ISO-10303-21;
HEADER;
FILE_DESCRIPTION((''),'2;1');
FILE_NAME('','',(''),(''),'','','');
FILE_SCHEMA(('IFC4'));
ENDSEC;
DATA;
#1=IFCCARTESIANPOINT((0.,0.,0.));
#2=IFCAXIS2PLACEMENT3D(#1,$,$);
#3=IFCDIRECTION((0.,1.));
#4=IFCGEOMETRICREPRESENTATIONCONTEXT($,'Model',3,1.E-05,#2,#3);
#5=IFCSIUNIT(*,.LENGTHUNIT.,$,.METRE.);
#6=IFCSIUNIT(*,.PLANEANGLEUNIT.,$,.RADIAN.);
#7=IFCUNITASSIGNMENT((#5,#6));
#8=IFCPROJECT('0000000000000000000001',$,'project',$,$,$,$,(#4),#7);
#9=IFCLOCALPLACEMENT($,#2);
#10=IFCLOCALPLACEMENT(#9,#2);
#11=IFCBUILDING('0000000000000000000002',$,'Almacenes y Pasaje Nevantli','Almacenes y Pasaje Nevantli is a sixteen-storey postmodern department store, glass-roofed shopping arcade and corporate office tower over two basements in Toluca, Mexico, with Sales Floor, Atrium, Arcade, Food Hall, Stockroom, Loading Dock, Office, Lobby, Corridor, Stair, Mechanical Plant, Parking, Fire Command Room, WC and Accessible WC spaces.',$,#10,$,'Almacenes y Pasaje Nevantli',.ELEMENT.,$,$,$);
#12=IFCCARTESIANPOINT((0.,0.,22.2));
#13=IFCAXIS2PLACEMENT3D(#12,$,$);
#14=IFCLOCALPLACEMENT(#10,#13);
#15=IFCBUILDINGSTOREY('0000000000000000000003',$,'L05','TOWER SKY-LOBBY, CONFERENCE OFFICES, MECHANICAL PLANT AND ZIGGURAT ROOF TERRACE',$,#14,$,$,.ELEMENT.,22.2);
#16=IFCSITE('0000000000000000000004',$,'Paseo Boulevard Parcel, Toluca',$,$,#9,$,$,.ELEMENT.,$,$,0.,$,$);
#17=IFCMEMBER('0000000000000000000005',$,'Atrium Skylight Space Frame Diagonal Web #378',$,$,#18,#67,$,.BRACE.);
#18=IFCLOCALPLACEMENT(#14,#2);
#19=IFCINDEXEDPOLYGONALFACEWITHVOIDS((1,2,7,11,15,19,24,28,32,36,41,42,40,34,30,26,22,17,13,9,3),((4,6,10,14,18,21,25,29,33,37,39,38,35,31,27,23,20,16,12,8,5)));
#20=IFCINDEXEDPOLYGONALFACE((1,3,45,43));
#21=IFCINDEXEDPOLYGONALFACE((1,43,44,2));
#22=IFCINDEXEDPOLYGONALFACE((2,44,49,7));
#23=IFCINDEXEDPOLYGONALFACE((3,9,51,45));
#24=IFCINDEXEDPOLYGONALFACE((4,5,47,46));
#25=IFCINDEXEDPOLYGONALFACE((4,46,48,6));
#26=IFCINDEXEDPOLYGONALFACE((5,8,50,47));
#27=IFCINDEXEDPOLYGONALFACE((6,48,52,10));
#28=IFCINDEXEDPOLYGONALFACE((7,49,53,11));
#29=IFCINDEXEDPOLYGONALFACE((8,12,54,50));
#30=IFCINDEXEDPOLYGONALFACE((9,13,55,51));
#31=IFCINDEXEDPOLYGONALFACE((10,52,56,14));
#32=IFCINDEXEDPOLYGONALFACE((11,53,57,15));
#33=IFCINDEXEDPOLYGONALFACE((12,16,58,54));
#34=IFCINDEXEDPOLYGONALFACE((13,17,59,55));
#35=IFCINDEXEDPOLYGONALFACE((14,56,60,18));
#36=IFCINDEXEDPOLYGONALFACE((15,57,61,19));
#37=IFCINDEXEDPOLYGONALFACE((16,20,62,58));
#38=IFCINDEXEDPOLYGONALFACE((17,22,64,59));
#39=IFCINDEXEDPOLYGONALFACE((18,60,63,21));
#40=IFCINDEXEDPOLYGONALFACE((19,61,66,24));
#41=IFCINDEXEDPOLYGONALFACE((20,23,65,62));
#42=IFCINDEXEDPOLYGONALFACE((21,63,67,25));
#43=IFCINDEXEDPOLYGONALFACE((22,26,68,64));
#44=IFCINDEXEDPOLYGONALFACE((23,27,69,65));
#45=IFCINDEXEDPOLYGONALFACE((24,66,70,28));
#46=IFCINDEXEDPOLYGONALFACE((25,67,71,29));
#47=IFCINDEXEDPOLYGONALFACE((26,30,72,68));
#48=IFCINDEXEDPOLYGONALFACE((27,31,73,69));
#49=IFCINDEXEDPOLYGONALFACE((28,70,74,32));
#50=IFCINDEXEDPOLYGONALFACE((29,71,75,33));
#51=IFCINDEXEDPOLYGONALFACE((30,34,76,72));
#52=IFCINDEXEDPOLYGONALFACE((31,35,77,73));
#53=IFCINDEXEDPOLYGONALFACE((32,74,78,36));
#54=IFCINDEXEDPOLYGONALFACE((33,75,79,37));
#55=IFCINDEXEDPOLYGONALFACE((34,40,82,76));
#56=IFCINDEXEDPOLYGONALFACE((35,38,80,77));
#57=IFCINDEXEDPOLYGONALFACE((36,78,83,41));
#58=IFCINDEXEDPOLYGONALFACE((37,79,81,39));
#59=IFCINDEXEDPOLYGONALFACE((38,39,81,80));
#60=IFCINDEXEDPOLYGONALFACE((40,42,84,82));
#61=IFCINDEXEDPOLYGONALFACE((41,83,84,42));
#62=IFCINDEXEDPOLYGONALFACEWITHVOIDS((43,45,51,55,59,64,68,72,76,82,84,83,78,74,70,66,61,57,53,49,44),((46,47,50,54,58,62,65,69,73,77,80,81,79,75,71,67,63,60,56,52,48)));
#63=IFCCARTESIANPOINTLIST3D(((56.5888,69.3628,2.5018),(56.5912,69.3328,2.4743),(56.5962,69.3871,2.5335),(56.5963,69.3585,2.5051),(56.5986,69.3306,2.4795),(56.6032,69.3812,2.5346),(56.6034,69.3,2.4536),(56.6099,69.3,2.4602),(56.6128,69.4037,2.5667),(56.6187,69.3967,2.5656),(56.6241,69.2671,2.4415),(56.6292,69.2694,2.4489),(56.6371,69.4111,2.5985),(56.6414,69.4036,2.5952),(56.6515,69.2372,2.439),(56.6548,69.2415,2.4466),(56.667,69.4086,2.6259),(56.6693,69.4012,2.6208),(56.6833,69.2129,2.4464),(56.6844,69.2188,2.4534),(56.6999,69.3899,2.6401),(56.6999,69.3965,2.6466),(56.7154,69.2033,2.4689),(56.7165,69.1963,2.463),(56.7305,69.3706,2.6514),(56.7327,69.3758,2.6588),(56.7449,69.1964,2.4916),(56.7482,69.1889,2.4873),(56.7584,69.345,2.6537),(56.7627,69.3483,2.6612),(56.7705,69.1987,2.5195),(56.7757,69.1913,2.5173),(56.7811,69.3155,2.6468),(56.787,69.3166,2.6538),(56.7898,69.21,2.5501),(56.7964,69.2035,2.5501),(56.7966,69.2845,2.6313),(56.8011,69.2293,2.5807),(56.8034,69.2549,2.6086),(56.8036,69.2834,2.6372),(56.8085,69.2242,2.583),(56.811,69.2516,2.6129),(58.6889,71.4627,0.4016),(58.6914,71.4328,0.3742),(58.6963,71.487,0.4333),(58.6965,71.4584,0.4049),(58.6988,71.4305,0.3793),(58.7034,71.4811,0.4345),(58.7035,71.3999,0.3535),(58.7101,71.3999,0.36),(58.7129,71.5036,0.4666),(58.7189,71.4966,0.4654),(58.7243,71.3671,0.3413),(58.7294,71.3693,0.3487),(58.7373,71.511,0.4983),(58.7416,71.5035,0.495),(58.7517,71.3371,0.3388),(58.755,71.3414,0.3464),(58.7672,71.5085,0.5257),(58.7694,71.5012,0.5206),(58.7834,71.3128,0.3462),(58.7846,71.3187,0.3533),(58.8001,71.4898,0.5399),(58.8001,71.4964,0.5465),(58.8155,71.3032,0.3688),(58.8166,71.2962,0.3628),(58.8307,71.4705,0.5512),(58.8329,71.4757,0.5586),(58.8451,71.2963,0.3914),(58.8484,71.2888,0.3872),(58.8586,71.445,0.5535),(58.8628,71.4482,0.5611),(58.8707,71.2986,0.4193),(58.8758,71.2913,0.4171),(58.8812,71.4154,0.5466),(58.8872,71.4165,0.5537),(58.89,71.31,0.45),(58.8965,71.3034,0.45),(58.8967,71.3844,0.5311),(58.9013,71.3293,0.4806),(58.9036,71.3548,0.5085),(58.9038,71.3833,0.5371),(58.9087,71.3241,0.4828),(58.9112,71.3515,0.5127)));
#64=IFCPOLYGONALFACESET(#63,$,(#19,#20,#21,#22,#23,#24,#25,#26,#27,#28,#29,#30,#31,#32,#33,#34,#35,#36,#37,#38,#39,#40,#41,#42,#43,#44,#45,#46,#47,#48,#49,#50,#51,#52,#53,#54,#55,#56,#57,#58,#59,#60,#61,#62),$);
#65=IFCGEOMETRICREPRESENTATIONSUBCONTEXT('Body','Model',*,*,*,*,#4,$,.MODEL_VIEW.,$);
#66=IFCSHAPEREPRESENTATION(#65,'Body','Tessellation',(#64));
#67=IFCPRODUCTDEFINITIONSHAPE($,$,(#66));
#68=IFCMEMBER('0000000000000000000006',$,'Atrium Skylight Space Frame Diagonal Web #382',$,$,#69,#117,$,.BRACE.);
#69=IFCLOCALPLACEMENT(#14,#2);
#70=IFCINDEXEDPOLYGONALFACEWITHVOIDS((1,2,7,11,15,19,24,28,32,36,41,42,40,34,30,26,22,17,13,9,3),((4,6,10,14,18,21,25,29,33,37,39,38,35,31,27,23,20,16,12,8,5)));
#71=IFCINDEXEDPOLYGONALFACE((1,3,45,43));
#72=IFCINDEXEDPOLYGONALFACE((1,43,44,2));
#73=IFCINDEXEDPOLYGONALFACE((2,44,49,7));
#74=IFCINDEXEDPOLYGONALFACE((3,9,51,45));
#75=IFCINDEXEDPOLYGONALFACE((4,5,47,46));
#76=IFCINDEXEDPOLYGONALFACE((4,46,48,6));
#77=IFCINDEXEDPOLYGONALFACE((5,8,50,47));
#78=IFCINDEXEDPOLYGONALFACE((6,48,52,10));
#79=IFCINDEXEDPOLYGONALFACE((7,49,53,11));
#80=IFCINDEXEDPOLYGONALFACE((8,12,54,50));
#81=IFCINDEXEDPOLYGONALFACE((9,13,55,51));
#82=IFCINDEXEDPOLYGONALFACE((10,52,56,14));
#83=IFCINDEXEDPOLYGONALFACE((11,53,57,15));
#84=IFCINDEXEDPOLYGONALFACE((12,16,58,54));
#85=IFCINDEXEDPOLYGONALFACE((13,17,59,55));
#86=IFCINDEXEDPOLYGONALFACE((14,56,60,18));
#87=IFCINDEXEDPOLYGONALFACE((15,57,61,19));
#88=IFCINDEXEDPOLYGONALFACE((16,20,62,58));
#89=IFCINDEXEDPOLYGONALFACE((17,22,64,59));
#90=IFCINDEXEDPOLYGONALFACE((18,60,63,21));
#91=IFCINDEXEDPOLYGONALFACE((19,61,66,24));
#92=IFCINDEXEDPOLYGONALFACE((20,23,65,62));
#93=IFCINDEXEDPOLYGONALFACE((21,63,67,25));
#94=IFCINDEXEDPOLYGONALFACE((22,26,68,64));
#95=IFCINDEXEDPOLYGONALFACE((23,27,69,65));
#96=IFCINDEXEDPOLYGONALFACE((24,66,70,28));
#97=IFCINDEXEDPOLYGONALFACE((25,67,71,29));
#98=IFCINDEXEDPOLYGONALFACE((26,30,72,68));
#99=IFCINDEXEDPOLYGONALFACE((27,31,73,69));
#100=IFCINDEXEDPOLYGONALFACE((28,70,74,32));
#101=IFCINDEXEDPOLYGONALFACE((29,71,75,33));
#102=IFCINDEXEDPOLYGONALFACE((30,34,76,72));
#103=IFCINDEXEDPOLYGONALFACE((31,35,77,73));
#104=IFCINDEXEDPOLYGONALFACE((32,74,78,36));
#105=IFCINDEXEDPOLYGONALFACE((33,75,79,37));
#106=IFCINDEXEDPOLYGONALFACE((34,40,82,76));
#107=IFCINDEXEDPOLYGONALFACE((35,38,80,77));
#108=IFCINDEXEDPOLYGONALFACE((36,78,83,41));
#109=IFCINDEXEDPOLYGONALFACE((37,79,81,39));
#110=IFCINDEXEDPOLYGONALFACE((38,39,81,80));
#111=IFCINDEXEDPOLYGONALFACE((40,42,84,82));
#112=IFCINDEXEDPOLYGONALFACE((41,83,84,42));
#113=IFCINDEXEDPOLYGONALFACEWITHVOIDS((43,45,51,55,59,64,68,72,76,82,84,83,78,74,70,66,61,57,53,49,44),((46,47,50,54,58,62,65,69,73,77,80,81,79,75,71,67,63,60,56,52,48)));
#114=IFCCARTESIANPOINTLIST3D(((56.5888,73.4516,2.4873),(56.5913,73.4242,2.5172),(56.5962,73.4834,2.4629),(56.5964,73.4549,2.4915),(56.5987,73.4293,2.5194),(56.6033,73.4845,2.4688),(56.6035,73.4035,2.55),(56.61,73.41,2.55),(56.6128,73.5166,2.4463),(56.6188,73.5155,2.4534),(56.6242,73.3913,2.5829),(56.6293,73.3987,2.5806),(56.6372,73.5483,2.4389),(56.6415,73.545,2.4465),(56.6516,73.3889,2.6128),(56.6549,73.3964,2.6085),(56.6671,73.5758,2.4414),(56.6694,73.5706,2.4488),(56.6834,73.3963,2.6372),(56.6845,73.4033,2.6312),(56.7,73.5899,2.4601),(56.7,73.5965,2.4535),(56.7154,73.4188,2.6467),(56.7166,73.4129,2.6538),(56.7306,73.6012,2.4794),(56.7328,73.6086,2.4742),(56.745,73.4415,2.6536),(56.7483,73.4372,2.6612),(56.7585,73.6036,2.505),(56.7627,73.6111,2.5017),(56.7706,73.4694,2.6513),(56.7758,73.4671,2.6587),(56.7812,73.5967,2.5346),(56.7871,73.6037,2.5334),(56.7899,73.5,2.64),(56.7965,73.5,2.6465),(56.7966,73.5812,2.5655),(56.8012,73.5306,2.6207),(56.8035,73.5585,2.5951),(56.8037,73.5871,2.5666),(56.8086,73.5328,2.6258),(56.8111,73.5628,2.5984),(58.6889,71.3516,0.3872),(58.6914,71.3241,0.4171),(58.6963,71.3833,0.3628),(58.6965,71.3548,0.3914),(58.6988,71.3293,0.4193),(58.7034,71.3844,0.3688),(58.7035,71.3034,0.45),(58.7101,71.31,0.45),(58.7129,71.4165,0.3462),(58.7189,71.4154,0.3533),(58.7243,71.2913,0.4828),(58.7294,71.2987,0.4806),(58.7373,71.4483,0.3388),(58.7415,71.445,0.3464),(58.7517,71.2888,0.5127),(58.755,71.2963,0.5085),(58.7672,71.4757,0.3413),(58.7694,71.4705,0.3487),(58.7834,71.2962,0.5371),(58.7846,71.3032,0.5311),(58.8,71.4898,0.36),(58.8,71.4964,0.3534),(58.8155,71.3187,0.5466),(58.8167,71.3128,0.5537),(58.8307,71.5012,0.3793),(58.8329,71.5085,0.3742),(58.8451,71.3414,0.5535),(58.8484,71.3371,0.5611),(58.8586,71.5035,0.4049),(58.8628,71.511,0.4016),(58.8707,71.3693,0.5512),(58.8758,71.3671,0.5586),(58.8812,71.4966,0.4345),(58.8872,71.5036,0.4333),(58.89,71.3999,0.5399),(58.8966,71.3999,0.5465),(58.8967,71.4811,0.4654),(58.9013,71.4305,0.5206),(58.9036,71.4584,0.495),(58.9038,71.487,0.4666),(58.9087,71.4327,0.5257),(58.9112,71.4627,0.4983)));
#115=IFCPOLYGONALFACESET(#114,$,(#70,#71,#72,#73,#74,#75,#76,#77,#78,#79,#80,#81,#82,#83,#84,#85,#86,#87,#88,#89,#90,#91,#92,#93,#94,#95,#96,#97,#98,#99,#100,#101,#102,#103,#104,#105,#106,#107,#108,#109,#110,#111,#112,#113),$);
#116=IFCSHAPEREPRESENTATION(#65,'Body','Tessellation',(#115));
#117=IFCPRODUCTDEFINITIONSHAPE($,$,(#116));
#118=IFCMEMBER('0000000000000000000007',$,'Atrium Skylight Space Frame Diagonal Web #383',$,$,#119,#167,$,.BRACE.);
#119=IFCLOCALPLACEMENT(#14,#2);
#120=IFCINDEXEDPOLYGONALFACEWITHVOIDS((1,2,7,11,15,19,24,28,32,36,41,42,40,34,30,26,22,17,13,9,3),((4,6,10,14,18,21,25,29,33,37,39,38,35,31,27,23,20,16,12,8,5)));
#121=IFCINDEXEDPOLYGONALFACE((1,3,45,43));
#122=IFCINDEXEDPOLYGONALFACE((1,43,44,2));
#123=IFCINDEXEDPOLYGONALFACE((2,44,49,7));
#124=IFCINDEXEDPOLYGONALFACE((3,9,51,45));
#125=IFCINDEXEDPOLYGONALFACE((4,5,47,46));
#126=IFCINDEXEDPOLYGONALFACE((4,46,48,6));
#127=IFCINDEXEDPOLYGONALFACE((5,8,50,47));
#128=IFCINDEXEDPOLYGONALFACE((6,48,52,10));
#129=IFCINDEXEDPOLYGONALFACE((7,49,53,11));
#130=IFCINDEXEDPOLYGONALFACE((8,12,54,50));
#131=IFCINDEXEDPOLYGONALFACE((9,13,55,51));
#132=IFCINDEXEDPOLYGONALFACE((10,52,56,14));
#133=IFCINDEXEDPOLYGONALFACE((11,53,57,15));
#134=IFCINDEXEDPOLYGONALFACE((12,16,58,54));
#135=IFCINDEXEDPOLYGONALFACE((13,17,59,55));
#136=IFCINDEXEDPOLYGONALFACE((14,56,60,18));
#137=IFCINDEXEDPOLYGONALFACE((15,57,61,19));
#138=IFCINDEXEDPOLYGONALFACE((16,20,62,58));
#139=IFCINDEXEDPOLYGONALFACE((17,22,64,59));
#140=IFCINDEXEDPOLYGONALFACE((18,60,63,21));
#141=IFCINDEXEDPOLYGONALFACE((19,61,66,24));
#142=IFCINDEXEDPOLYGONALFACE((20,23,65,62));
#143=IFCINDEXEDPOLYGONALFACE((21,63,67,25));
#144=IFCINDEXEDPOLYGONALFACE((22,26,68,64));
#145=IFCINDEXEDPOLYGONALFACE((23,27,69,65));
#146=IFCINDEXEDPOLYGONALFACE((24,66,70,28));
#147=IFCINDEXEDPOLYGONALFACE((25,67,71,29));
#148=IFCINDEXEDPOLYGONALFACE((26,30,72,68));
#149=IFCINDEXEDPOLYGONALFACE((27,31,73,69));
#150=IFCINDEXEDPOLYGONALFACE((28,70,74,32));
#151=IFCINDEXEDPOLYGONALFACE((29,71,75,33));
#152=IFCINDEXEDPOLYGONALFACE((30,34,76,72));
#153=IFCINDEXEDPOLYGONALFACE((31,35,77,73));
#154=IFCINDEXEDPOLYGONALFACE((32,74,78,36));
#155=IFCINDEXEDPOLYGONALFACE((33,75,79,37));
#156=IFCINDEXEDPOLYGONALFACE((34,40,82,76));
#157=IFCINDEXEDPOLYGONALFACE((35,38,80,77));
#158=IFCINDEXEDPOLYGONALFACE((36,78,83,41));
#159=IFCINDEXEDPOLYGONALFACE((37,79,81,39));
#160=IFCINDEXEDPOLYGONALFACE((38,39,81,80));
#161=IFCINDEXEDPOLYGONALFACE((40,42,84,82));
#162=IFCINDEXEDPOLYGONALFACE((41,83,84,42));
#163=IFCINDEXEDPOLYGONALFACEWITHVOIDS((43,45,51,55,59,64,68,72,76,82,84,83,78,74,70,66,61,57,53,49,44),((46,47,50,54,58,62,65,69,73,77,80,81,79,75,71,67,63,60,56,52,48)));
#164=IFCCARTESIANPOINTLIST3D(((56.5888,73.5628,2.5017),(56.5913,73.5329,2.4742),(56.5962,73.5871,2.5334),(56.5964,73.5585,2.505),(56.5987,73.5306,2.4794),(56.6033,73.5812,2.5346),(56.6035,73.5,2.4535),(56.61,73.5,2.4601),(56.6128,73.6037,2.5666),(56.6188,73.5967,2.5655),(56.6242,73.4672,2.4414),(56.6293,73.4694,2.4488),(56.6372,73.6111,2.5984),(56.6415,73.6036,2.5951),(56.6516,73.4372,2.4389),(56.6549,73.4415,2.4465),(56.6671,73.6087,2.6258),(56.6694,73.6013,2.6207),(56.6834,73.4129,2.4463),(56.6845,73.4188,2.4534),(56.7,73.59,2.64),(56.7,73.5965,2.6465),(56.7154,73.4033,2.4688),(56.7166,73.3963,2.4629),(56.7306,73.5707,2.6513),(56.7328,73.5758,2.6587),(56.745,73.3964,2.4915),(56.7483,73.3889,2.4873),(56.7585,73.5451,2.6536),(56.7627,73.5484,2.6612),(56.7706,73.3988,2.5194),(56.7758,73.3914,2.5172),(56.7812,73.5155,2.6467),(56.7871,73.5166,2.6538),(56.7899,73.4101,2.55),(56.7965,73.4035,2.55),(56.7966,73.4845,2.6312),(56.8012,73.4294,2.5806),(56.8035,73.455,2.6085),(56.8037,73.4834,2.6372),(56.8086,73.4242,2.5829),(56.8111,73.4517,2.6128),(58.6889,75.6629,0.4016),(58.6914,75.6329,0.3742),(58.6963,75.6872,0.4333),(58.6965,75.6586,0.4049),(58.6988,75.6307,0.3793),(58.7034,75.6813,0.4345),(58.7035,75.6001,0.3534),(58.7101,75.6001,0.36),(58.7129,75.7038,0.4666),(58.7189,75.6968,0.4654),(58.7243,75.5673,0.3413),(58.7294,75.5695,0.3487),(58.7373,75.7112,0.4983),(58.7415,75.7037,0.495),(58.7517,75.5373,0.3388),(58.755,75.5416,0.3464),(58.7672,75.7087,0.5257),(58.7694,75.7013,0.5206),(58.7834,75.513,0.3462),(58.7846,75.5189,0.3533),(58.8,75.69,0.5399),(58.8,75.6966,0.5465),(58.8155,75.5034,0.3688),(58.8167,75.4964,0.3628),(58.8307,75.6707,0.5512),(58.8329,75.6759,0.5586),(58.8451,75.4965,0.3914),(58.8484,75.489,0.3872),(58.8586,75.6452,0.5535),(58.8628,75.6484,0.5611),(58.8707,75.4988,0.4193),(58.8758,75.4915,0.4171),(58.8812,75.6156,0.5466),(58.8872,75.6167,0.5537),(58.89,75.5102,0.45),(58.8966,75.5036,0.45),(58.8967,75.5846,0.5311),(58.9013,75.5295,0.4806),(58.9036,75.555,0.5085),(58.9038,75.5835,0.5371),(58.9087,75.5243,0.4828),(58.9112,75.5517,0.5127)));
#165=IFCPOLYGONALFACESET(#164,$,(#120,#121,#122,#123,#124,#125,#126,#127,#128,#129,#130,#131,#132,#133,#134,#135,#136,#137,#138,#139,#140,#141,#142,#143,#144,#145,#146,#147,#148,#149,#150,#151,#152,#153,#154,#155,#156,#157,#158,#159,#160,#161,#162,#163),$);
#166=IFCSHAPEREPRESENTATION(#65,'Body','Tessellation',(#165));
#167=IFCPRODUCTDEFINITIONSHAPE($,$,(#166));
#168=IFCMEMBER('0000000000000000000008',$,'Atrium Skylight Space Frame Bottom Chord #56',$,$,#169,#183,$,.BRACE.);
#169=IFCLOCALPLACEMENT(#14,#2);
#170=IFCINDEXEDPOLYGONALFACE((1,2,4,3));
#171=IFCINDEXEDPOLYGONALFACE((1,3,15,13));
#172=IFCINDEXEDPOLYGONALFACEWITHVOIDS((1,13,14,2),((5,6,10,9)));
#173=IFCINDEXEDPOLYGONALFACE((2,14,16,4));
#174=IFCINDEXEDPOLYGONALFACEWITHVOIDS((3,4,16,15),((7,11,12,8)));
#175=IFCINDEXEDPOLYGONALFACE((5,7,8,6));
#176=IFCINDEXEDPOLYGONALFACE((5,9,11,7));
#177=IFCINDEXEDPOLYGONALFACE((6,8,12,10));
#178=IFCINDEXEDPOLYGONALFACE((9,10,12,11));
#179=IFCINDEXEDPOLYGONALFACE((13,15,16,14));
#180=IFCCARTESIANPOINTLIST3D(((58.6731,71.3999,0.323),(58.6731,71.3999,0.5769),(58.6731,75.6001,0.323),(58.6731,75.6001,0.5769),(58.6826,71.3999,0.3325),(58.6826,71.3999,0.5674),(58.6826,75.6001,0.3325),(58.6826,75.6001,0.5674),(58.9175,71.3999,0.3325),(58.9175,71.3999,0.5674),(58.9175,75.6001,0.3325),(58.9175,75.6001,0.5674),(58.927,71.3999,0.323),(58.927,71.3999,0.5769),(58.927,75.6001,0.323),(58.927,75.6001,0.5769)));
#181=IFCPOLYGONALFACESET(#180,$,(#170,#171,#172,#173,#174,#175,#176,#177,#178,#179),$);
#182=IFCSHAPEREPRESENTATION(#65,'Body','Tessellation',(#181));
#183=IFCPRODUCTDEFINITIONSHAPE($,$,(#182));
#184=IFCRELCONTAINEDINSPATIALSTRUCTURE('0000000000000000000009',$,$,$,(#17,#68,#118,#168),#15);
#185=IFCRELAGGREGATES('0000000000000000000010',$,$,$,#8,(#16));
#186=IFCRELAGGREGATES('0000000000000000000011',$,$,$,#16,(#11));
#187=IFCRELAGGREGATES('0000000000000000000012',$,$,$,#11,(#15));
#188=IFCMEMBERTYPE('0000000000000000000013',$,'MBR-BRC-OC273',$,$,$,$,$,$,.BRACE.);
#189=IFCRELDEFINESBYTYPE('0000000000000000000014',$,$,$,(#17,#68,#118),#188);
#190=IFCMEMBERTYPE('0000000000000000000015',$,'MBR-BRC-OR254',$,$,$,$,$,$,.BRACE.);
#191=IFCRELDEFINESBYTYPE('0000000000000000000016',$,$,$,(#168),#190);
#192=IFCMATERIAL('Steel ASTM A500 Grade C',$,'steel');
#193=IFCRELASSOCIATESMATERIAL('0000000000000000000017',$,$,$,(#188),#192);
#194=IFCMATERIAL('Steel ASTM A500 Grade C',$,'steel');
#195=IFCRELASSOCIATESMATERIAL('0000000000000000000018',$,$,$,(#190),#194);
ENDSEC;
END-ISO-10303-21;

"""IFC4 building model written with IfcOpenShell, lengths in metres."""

from ifc_helpers import new_model, si_unit, direction, frame, origin, origin_2d, place, context, subcontext, project, spatial, hollow_rectangle, hollow_circle, extrude, material, material_profile, profile_set, type_object, element, save


model = new_model("IFC4")

# Units and contexts
model_context = context("Model", 3, precision=1e-05, world=origin(), true_north=direction((0.0, 1.0)))
body_context = subcontext(model_context, "Body", "Model", "MODEL_VIEW")
ifc_project = project(units=[si_unit("LENGTHUNIT", "METRE"), si_unit("PLANEANGLEUNIT", "RADIAN")], contexts=[model_context])

# Site, building, storey
site_placement = place(None, origin())
site = spatial("IfcSite", under=ifc_project, at=site_placement, Name="Paseo Boulevard Parcel, Toluca", CompositionType="ELEMENT", RefElevation=0.0)
building_placement = place(site_placement, origin())
building = spatial("IfcBuilding", under=site, at=building_placement, Name="Almacenes y Pasaje Nevantli", Description="Almacenes y Pasaje Nevantli is a sixteen-storey postmodern department store, glass-roofed shopping arcade and corporate office tower over two basements in Toluca, Mexico, with Sales Floor, Atrium, Arcade, Food Hall, Stockroom, Loading Dock, Office, Lobby, Corridor, Stair, Mechanical Plant, Parking, Fire Command Room, WC and Accessible WC spaces.", LongName="Almacenes y Pasaje Nevantli", CompositionType="ELEMENT")
storey_placement = place(building_placement, frame((0.0, 0.0, 22.2)))
storey = spatial("IfcBuildingStorey", under=building, at=storey_placement, Name="L05", Description="TOWER SKY-LOBBY, CONFERENCE OFFICES, MECHANICAL PLANT AND ZIGGURAT ROOF TERRACE", CompositionType="ELEMENT", Elevation=22.2)

# Members
ifc_material_1 = material(Name="Steel ASTM A500 Grade C", Category="steel")
ifc_material_profile_1 = material_profile(ifc_material_1, hollow_circle(Radius=0.1365, WallThickness=0.0093, at=origin_2d()), Name="OC 273x9.3")
ifc_profile_set_1 = profile_set([ifc_material_profile_1], Name="Steel ASTM A500 Grade C")
member_type_1 = type_object("IfcMemberType", Name="MBR-BRC-OC273", PredefinedType="BRACE", material=ifc_profile_set_1)
for number, where, z_axis, x_axis, name in (
    (1, (58.8, 71.3999, 0.45), (-0.577373, -0.577306, 0.577373), (0.707066, -0.707148, 0.0), "Atrium Skylight Space Frame Diagonal Web #378"),
    (2, (58.8, 71.3999, 0.45), (-0.57735, 0.57735, 0.57735), (-0.707107, -0.707107, 0.0), "Atrium Skylight Space Frame Diagonal Web #382"),
    (3, (58.8, 75.6001, 0.45), (-0.57735, -0.57735, 0.57735), (0.707107, -0.707107, 0.0), "Atrium Skylight Space Frame Diagonal Web #383"),
):
    element("IfcMember", number, at=place(storey_placement, frame(where, z_axis=z_axis, x_axis=x_axis)), inside=storey, type_object=member_type_1, Name=name, PredefinedType="BRACE", context=body_context, shape_type="SweptSolid", body=[
        extrude(hollow_circle(Radius=0.1365, WallThickness=0.0093, at=origin_2d()), origin(), (0.0, 0.0, 1.0), 3.6375),
    ])
ifc_material_2 = material(Name="Steel ASTM A500 Grade C", Category="steel")
ifc_material_profile_2 = material_profile(ifc_material_2, hollow_rectangle(XDim=0.2539, YDim=0.2539, WallThickness=0.0095, at=origin_2d()), Name="OR 254x254x9.5")
ifc_profile_set_2 = profile_set([ifc_material_profile_2], Name="Steel ASTM A500 Grade C")
member_type_2 = type_object("IfcMemberType", Name="MBR-BRC-OR254", PredefinedType="BRACE", material=ifc_profile_set_2)
member_1_placement = place(storey_placement, frame((58.8, 71.3999, 0.45), z_axis=(0.0, 1.0, 0.0), x_axis=(-1.0, 0.0, 0.0)))
element("IfcMember", 4, at=member_1_placement, inside=storey, type_object=member_type_2, Name="Atrium Skylight Space Frame Bottom Chord #56", PredefinedType="BRACE", context=body_context, shape_type="SweptSolid", body=[
    extrude(hollow_rectangle(XDim=0.2539, YDim=0.2539, WallThickness=0.0095, at=origin_2d()), origin(), (0.0, 0.0, 1.0), 4.2002),
])

save(model, "model.ifc")
